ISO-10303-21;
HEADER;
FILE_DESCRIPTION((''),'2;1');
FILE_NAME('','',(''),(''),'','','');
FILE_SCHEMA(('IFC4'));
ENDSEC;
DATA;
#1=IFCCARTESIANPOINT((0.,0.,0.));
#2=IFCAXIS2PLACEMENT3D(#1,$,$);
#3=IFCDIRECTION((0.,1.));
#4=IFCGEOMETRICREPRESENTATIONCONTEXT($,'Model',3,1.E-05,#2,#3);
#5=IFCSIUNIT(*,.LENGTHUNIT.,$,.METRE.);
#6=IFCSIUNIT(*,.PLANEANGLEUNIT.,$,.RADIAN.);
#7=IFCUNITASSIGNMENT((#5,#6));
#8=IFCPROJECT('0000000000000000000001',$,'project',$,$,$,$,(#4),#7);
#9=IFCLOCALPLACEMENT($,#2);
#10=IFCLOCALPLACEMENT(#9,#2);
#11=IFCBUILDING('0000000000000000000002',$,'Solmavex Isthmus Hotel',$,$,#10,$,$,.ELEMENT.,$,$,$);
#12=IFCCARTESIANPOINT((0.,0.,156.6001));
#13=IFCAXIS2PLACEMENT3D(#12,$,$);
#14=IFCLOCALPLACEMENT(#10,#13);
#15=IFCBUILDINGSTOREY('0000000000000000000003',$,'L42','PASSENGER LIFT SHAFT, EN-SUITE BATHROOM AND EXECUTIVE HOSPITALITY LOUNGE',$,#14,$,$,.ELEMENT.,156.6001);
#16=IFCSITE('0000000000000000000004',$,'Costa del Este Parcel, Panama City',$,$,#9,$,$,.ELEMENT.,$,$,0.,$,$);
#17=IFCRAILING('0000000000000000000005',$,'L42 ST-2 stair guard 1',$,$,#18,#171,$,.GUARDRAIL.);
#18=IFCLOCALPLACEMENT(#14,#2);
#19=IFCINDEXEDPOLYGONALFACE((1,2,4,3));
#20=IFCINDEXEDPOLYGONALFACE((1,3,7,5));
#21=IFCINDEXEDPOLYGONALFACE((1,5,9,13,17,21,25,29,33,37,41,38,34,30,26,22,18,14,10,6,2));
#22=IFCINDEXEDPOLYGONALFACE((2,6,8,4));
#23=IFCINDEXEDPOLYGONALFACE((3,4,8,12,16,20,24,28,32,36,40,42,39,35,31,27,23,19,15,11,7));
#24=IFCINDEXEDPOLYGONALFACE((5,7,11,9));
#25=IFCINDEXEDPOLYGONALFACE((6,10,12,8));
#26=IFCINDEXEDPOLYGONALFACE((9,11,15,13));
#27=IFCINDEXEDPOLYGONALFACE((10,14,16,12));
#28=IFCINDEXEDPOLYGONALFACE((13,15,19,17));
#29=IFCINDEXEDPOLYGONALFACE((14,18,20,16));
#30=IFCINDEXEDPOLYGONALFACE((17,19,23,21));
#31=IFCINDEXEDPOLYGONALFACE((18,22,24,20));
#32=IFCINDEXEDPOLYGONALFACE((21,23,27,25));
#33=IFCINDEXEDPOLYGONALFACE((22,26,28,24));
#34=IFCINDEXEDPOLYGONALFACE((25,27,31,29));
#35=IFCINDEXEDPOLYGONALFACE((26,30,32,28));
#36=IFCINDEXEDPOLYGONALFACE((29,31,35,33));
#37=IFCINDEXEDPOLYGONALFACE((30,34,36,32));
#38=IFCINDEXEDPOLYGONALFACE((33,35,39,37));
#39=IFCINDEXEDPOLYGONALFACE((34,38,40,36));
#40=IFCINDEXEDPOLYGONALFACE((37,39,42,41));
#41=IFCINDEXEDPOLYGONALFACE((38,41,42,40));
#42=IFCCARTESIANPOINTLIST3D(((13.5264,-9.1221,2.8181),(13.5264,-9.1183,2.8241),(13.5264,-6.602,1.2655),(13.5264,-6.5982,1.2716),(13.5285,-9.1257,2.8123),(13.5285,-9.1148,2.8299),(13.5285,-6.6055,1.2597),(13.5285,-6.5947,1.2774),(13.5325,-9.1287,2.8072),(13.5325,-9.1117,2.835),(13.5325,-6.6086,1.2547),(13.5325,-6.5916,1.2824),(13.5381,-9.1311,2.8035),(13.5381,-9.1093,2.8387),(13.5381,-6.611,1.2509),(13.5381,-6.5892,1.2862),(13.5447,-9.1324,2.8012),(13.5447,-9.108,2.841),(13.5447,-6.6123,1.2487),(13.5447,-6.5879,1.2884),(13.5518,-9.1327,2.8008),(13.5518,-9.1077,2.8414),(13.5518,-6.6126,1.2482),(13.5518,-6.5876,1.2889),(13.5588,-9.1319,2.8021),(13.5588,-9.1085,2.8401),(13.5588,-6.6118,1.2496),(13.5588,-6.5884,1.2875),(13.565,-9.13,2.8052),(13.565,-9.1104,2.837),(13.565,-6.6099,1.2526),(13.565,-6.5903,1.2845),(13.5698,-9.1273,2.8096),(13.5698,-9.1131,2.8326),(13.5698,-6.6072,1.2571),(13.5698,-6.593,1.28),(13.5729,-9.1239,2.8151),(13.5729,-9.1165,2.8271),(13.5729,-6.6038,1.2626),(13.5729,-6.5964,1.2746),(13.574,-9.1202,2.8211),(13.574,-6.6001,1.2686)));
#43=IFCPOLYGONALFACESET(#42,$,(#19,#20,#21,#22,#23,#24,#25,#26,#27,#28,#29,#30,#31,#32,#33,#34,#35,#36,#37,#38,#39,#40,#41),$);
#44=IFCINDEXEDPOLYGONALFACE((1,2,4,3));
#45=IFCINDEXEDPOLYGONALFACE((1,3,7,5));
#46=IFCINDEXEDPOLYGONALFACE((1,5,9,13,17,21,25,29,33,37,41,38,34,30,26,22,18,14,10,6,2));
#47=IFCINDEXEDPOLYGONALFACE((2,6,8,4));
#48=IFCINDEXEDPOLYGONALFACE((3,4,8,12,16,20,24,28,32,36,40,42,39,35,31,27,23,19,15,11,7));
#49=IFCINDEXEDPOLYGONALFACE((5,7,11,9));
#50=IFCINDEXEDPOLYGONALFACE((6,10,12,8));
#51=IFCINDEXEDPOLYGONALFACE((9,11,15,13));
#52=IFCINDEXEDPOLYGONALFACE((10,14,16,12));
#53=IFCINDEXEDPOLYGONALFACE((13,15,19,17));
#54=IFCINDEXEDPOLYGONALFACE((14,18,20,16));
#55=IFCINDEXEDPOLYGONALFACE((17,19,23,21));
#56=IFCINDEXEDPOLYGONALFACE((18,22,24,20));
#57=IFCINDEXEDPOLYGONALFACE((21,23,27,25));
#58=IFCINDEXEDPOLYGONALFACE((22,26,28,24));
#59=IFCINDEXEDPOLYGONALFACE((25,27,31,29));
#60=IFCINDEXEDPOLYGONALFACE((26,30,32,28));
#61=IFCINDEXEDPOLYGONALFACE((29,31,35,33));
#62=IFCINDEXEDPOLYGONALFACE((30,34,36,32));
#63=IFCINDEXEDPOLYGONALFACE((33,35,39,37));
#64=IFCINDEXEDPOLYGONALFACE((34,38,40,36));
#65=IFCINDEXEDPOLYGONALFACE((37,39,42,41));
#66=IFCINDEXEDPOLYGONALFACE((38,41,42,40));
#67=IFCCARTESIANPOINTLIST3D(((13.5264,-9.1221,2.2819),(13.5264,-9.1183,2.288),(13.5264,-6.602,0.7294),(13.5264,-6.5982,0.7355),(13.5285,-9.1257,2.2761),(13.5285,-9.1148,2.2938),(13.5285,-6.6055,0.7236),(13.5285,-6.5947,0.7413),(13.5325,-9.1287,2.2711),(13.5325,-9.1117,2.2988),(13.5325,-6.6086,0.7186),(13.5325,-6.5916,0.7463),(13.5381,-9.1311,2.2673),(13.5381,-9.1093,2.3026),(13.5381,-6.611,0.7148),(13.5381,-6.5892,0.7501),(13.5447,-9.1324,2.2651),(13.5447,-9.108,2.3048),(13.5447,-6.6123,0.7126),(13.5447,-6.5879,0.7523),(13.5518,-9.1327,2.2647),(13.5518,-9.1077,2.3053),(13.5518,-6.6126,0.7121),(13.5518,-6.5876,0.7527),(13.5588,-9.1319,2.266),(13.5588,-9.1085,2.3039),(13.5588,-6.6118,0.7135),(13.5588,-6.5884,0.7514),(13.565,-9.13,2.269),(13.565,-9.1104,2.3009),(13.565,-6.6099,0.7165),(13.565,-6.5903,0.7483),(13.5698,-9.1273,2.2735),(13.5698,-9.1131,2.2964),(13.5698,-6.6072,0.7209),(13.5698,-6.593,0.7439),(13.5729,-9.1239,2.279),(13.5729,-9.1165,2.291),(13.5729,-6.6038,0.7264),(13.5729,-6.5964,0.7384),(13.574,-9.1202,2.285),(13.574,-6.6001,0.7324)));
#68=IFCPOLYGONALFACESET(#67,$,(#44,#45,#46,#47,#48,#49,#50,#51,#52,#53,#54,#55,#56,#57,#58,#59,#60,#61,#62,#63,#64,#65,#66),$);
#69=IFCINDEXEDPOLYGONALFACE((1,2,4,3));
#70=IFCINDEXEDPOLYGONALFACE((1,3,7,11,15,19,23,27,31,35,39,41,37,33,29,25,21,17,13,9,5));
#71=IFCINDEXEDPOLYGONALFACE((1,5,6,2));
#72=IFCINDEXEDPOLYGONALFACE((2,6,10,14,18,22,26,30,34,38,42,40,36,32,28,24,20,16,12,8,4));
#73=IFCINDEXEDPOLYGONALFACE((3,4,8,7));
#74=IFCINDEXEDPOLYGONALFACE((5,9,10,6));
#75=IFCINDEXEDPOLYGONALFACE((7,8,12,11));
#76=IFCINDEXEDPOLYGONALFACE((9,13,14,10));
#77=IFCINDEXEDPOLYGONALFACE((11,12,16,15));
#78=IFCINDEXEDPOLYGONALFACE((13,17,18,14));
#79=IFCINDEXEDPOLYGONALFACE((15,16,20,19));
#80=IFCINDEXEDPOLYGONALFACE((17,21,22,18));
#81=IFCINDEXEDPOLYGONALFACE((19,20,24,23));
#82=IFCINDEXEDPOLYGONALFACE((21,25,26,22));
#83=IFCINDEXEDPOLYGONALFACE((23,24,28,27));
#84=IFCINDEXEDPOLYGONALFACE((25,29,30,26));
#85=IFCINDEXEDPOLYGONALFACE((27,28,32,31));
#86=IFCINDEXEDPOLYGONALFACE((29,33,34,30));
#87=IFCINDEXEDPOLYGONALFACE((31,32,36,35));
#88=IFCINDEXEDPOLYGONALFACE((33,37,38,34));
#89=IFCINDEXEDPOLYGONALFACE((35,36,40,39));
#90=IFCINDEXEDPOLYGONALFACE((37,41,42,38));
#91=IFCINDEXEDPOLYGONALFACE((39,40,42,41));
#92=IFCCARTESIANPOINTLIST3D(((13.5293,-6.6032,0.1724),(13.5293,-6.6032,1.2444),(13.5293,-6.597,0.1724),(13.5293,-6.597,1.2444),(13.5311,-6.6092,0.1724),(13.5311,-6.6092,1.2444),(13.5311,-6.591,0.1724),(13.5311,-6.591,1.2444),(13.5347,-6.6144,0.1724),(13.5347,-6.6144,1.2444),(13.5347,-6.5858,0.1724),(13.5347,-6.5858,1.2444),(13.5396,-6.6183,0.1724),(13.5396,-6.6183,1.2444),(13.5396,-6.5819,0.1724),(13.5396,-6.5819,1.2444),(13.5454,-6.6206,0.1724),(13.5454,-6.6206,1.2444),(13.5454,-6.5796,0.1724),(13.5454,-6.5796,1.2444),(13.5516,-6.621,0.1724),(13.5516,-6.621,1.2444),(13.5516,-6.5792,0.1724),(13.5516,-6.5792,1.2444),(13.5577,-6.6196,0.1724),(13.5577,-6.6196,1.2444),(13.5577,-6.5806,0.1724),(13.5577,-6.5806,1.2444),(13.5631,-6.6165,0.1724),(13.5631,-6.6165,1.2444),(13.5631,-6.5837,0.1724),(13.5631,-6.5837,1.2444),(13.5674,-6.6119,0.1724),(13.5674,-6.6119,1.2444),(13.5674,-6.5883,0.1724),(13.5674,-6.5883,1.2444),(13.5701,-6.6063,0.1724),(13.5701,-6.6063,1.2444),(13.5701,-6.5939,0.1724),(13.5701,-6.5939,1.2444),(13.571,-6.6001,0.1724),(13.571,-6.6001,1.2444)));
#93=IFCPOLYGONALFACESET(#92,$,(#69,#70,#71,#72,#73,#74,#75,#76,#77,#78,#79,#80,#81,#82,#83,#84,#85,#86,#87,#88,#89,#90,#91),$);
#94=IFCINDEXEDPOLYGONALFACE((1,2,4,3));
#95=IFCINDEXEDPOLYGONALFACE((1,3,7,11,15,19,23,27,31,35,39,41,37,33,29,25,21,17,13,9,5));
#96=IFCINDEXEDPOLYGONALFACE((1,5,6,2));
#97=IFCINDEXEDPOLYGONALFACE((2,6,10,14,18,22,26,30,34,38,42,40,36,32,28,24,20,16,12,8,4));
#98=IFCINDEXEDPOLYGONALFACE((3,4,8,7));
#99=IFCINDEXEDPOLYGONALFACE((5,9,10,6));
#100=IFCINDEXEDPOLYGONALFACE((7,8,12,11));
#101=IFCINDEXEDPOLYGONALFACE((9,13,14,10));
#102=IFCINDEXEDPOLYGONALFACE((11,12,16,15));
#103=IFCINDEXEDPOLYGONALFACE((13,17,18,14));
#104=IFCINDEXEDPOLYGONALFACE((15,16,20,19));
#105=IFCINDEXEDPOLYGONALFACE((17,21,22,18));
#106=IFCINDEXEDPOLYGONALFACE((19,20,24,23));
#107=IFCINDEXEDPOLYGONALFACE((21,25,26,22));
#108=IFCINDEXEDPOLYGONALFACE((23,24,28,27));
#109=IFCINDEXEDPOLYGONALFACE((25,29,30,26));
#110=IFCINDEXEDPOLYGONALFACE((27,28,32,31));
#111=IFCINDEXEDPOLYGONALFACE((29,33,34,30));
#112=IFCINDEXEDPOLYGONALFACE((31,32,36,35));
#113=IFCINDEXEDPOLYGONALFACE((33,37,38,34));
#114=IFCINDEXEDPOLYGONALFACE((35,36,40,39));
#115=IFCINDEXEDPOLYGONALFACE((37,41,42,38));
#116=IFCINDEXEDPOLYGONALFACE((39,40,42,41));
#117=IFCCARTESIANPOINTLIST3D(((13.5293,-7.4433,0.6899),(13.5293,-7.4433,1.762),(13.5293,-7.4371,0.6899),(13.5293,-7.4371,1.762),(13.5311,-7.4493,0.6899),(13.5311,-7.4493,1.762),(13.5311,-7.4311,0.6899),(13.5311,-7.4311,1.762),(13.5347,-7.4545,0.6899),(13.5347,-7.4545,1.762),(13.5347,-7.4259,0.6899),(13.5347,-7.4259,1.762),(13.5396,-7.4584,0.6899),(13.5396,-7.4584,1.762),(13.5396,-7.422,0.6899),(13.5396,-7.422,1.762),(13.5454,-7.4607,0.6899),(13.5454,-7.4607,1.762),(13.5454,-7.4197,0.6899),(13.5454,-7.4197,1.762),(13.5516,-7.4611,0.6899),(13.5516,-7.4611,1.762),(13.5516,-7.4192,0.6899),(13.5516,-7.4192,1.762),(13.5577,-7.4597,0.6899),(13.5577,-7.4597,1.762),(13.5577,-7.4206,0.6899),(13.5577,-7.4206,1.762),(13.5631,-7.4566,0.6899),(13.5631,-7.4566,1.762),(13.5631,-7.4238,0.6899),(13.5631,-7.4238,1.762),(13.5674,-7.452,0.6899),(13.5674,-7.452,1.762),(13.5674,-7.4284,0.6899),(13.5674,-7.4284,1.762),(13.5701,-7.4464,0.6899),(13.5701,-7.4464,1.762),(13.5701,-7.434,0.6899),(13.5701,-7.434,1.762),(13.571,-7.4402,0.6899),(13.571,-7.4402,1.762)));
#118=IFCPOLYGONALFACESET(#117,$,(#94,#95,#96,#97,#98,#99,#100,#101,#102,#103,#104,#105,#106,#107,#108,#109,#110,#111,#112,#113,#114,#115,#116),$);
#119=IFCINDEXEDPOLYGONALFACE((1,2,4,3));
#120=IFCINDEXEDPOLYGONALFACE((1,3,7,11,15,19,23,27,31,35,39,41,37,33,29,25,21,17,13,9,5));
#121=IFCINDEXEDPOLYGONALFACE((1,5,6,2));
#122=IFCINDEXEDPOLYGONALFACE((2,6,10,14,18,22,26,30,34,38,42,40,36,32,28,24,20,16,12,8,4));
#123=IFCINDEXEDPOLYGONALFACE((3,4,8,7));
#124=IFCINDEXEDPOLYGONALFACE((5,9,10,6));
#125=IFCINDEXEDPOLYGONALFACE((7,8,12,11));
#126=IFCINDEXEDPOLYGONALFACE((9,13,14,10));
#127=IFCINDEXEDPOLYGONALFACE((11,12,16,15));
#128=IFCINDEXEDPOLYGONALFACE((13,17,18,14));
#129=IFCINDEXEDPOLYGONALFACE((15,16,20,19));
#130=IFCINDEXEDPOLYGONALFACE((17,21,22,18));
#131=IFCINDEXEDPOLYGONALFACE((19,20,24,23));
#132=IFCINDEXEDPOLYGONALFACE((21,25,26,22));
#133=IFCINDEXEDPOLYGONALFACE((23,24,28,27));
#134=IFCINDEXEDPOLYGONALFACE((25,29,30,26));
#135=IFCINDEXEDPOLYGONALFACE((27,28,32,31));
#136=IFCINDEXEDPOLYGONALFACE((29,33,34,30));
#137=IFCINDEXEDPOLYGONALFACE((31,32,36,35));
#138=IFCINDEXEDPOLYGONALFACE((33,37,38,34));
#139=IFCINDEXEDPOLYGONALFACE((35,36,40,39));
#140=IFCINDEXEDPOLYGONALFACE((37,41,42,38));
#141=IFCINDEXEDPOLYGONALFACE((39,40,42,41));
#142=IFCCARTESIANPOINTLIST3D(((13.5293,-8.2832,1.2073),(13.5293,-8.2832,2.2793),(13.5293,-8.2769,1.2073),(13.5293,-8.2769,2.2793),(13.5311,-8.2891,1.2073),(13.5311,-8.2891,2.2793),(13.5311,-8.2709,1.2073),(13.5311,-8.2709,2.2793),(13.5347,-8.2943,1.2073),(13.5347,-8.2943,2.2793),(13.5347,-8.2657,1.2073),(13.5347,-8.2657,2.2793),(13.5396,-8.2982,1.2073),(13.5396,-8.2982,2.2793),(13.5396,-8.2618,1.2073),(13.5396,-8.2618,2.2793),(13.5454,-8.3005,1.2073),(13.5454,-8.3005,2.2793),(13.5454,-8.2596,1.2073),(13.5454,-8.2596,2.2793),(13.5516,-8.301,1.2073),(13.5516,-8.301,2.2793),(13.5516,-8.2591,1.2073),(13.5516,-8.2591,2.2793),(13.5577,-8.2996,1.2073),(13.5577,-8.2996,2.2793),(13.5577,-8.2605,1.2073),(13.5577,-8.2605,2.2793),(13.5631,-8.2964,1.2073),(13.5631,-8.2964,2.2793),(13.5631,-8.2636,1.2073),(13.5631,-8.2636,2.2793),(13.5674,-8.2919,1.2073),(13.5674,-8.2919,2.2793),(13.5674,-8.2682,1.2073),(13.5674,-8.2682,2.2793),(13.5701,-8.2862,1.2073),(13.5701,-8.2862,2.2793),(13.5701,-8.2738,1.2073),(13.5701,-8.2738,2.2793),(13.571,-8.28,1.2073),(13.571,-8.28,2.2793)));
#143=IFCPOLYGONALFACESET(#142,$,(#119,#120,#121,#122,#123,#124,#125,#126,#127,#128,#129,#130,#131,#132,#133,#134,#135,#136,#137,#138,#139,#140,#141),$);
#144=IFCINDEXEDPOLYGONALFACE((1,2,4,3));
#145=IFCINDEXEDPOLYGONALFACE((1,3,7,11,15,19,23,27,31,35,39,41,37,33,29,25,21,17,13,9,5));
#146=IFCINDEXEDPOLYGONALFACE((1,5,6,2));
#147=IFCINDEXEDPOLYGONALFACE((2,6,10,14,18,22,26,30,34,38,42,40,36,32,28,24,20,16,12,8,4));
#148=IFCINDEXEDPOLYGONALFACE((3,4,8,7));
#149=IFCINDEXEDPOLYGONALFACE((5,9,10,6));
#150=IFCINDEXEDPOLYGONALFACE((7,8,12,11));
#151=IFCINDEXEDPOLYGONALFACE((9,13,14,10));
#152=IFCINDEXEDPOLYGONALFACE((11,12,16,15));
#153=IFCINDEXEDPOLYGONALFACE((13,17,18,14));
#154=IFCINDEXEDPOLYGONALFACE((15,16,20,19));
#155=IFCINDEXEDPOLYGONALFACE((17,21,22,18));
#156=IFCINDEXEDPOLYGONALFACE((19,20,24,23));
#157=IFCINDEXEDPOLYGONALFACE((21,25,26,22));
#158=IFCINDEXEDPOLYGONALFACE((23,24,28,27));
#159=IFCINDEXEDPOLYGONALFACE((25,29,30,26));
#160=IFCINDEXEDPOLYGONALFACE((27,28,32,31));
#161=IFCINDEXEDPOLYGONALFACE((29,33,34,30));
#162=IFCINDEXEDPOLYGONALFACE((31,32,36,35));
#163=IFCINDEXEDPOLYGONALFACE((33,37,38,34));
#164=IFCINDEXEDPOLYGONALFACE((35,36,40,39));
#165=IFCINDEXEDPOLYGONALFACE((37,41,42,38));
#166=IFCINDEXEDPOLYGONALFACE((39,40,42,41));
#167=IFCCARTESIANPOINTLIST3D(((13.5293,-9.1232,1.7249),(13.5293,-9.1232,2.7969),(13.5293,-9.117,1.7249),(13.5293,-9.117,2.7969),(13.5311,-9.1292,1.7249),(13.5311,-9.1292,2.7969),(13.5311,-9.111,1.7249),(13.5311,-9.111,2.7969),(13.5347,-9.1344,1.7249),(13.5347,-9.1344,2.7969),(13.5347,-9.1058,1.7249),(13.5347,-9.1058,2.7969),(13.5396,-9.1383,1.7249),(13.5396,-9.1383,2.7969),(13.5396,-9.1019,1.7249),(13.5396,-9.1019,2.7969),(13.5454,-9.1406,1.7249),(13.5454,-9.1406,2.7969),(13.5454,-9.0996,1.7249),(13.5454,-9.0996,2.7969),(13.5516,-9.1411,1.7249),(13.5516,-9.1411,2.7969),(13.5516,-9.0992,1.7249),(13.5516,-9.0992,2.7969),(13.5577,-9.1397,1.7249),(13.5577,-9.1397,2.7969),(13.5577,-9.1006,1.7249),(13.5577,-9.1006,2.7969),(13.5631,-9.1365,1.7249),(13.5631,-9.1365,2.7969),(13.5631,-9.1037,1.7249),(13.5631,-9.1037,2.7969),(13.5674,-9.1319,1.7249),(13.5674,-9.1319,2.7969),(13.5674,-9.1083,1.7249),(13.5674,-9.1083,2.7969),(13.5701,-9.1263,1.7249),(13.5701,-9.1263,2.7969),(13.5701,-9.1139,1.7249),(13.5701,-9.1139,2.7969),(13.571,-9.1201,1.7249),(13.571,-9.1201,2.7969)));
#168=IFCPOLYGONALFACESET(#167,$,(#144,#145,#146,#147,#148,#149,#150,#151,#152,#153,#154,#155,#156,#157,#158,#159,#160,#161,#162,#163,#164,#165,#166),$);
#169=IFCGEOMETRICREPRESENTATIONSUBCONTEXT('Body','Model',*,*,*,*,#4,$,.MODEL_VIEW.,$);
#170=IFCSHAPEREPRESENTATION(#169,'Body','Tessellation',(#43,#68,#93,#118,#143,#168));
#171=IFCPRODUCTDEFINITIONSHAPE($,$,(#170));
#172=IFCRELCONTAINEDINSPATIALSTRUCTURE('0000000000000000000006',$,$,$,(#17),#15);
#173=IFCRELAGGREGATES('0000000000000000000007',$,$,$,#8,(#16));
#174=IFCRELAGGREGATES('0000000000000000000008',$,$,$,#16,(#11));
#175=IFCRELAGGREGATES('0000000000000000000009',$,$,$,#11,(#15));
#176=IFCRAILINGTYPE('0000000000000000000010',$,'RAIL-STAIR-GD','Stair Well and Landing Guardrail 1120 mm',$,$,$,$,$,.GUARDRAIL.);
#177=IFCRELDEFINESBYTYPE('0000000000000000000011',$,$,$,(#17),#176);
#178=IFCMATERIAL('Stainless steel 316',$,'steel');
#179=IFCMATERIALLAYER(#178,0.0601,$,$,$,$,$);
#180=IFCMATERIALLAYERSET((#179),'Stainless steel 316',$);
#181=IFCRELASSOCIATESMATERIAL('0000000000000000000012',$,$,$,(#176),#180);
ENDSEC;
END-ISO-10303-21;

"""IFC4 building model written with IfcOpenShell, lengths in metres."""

from ifc_helpers import new_model, si_unit, direction, frame, origin, origin_2d, place, context, subcontext, project, spatial, circle, extrude, material, layer, layer_set, type_object, element, save


model = new_model("IFC4")

# Units and contexts
model_context = context("Model", 3, precision=1e-05, world=origin(), true_north=direction((0.0, 1.0)))
body_context = subcontext(model_context, "Body", "Model", "MODEL_VIEW")
ifc_project = project(units=[si_unit("LENGTHUNIT", "METRE"), si_unit("PLANEANGLEUNIT", "RADIAN")], contexts=[model_context])

# Site, building, storey
site_placement = place(None, origin())
site = spatial("IfcSite", under=ifc_project, at=site_placement, Name="Costa del Este Parcel, Panama City", CompositionType="ELEMENT", RefElevation=0.0)
building_placement = place(site_placement, origin())
building = spatial("IfcBuilding", under=site, at=building_placement, Name="Solmavex Isthmus Hotel", CompositionType="ELEMENT")
storey_placement = place(building_placement, frame((0.0, 0.0, 156.6001)))
storey = spatial("IfcBuildingStorey", under=building, at=storey_placement, Name="L42", Description="PASSENGER LIFT SHAFT, EN-SUITE BATHROOM AND EXECUTIVE HOSPITALITY LOUNGE", CompositionType="ELEMENT", Elevation=156.6001)

# Railing
ifc_material_1 = material(Name="Stainless steel 316", Category="steel")
ifc_layer_1 = layer(ifc_material_1, 0.0601)
ifc_layer_set_1 = layer_set([ifc_layer_1], Name="Stainless steel 316")
railing_type = type_object("IfcRailingType", Name="RAIL-STAIR-GD", Description="Stair Well and Landing Guardrail 1120 mm", PredefinedType="GUARDRAIL", material=ifc_layer_set_1)
railing_1_placement = place(storey_placement, frame((13.55, -6.6001, 0.1724)))
element("IfcRailing", 1, at=railing_1_placement, inside=storey, type_object=railing_type, Name="L42 ST-2 stair guard 1", PredefinedType="GUARDRAIL", context=body_context, shape_type="SweptSolid", body=[
    extrude(circle(Radius=0.0239, at=origin_2d()), frame((0.0, 0.0, 1.0962), z_axis=(0.0, -0.8514, 0.524516), x_axis=(1.0, 0.0, 0.0)), (0.0, 0.0, 1.0), 2.96),
    extrude(circle(Radius=0.0239, at=origin_2d()), frame((0.0, 0.0, 0.5601), z_axis=(0.0, -0.8514, 0.524516), x_axis=(1.0, 0.0, 0.0)), (0.0, 0.0, 1.0), 2.96),
    extrude(circle(Radius=0.021, at=origin_2d()), origin(), (0.0, 0.0, 1.0), 1.072),
    extrude(circle(Radius=0.021, at=origin_2d()), frame((0.0, -0.8401, 0.5176)), (0.0, 0.0, 1.0), 1.072),
    extrude(circle(Radius=0.021, at=origin_2d()), frame((0.0, -1.6799, 1.0349)), (0.0, 0.0, 1.0), 1.072),
    extrude(circle(Radius=0.021, at=origin_2d()), frame((0.0, -2.52, 1.5525)), (0.0, 0.0, 1.0), 1.072),
])

save(model, "model.ifc")
